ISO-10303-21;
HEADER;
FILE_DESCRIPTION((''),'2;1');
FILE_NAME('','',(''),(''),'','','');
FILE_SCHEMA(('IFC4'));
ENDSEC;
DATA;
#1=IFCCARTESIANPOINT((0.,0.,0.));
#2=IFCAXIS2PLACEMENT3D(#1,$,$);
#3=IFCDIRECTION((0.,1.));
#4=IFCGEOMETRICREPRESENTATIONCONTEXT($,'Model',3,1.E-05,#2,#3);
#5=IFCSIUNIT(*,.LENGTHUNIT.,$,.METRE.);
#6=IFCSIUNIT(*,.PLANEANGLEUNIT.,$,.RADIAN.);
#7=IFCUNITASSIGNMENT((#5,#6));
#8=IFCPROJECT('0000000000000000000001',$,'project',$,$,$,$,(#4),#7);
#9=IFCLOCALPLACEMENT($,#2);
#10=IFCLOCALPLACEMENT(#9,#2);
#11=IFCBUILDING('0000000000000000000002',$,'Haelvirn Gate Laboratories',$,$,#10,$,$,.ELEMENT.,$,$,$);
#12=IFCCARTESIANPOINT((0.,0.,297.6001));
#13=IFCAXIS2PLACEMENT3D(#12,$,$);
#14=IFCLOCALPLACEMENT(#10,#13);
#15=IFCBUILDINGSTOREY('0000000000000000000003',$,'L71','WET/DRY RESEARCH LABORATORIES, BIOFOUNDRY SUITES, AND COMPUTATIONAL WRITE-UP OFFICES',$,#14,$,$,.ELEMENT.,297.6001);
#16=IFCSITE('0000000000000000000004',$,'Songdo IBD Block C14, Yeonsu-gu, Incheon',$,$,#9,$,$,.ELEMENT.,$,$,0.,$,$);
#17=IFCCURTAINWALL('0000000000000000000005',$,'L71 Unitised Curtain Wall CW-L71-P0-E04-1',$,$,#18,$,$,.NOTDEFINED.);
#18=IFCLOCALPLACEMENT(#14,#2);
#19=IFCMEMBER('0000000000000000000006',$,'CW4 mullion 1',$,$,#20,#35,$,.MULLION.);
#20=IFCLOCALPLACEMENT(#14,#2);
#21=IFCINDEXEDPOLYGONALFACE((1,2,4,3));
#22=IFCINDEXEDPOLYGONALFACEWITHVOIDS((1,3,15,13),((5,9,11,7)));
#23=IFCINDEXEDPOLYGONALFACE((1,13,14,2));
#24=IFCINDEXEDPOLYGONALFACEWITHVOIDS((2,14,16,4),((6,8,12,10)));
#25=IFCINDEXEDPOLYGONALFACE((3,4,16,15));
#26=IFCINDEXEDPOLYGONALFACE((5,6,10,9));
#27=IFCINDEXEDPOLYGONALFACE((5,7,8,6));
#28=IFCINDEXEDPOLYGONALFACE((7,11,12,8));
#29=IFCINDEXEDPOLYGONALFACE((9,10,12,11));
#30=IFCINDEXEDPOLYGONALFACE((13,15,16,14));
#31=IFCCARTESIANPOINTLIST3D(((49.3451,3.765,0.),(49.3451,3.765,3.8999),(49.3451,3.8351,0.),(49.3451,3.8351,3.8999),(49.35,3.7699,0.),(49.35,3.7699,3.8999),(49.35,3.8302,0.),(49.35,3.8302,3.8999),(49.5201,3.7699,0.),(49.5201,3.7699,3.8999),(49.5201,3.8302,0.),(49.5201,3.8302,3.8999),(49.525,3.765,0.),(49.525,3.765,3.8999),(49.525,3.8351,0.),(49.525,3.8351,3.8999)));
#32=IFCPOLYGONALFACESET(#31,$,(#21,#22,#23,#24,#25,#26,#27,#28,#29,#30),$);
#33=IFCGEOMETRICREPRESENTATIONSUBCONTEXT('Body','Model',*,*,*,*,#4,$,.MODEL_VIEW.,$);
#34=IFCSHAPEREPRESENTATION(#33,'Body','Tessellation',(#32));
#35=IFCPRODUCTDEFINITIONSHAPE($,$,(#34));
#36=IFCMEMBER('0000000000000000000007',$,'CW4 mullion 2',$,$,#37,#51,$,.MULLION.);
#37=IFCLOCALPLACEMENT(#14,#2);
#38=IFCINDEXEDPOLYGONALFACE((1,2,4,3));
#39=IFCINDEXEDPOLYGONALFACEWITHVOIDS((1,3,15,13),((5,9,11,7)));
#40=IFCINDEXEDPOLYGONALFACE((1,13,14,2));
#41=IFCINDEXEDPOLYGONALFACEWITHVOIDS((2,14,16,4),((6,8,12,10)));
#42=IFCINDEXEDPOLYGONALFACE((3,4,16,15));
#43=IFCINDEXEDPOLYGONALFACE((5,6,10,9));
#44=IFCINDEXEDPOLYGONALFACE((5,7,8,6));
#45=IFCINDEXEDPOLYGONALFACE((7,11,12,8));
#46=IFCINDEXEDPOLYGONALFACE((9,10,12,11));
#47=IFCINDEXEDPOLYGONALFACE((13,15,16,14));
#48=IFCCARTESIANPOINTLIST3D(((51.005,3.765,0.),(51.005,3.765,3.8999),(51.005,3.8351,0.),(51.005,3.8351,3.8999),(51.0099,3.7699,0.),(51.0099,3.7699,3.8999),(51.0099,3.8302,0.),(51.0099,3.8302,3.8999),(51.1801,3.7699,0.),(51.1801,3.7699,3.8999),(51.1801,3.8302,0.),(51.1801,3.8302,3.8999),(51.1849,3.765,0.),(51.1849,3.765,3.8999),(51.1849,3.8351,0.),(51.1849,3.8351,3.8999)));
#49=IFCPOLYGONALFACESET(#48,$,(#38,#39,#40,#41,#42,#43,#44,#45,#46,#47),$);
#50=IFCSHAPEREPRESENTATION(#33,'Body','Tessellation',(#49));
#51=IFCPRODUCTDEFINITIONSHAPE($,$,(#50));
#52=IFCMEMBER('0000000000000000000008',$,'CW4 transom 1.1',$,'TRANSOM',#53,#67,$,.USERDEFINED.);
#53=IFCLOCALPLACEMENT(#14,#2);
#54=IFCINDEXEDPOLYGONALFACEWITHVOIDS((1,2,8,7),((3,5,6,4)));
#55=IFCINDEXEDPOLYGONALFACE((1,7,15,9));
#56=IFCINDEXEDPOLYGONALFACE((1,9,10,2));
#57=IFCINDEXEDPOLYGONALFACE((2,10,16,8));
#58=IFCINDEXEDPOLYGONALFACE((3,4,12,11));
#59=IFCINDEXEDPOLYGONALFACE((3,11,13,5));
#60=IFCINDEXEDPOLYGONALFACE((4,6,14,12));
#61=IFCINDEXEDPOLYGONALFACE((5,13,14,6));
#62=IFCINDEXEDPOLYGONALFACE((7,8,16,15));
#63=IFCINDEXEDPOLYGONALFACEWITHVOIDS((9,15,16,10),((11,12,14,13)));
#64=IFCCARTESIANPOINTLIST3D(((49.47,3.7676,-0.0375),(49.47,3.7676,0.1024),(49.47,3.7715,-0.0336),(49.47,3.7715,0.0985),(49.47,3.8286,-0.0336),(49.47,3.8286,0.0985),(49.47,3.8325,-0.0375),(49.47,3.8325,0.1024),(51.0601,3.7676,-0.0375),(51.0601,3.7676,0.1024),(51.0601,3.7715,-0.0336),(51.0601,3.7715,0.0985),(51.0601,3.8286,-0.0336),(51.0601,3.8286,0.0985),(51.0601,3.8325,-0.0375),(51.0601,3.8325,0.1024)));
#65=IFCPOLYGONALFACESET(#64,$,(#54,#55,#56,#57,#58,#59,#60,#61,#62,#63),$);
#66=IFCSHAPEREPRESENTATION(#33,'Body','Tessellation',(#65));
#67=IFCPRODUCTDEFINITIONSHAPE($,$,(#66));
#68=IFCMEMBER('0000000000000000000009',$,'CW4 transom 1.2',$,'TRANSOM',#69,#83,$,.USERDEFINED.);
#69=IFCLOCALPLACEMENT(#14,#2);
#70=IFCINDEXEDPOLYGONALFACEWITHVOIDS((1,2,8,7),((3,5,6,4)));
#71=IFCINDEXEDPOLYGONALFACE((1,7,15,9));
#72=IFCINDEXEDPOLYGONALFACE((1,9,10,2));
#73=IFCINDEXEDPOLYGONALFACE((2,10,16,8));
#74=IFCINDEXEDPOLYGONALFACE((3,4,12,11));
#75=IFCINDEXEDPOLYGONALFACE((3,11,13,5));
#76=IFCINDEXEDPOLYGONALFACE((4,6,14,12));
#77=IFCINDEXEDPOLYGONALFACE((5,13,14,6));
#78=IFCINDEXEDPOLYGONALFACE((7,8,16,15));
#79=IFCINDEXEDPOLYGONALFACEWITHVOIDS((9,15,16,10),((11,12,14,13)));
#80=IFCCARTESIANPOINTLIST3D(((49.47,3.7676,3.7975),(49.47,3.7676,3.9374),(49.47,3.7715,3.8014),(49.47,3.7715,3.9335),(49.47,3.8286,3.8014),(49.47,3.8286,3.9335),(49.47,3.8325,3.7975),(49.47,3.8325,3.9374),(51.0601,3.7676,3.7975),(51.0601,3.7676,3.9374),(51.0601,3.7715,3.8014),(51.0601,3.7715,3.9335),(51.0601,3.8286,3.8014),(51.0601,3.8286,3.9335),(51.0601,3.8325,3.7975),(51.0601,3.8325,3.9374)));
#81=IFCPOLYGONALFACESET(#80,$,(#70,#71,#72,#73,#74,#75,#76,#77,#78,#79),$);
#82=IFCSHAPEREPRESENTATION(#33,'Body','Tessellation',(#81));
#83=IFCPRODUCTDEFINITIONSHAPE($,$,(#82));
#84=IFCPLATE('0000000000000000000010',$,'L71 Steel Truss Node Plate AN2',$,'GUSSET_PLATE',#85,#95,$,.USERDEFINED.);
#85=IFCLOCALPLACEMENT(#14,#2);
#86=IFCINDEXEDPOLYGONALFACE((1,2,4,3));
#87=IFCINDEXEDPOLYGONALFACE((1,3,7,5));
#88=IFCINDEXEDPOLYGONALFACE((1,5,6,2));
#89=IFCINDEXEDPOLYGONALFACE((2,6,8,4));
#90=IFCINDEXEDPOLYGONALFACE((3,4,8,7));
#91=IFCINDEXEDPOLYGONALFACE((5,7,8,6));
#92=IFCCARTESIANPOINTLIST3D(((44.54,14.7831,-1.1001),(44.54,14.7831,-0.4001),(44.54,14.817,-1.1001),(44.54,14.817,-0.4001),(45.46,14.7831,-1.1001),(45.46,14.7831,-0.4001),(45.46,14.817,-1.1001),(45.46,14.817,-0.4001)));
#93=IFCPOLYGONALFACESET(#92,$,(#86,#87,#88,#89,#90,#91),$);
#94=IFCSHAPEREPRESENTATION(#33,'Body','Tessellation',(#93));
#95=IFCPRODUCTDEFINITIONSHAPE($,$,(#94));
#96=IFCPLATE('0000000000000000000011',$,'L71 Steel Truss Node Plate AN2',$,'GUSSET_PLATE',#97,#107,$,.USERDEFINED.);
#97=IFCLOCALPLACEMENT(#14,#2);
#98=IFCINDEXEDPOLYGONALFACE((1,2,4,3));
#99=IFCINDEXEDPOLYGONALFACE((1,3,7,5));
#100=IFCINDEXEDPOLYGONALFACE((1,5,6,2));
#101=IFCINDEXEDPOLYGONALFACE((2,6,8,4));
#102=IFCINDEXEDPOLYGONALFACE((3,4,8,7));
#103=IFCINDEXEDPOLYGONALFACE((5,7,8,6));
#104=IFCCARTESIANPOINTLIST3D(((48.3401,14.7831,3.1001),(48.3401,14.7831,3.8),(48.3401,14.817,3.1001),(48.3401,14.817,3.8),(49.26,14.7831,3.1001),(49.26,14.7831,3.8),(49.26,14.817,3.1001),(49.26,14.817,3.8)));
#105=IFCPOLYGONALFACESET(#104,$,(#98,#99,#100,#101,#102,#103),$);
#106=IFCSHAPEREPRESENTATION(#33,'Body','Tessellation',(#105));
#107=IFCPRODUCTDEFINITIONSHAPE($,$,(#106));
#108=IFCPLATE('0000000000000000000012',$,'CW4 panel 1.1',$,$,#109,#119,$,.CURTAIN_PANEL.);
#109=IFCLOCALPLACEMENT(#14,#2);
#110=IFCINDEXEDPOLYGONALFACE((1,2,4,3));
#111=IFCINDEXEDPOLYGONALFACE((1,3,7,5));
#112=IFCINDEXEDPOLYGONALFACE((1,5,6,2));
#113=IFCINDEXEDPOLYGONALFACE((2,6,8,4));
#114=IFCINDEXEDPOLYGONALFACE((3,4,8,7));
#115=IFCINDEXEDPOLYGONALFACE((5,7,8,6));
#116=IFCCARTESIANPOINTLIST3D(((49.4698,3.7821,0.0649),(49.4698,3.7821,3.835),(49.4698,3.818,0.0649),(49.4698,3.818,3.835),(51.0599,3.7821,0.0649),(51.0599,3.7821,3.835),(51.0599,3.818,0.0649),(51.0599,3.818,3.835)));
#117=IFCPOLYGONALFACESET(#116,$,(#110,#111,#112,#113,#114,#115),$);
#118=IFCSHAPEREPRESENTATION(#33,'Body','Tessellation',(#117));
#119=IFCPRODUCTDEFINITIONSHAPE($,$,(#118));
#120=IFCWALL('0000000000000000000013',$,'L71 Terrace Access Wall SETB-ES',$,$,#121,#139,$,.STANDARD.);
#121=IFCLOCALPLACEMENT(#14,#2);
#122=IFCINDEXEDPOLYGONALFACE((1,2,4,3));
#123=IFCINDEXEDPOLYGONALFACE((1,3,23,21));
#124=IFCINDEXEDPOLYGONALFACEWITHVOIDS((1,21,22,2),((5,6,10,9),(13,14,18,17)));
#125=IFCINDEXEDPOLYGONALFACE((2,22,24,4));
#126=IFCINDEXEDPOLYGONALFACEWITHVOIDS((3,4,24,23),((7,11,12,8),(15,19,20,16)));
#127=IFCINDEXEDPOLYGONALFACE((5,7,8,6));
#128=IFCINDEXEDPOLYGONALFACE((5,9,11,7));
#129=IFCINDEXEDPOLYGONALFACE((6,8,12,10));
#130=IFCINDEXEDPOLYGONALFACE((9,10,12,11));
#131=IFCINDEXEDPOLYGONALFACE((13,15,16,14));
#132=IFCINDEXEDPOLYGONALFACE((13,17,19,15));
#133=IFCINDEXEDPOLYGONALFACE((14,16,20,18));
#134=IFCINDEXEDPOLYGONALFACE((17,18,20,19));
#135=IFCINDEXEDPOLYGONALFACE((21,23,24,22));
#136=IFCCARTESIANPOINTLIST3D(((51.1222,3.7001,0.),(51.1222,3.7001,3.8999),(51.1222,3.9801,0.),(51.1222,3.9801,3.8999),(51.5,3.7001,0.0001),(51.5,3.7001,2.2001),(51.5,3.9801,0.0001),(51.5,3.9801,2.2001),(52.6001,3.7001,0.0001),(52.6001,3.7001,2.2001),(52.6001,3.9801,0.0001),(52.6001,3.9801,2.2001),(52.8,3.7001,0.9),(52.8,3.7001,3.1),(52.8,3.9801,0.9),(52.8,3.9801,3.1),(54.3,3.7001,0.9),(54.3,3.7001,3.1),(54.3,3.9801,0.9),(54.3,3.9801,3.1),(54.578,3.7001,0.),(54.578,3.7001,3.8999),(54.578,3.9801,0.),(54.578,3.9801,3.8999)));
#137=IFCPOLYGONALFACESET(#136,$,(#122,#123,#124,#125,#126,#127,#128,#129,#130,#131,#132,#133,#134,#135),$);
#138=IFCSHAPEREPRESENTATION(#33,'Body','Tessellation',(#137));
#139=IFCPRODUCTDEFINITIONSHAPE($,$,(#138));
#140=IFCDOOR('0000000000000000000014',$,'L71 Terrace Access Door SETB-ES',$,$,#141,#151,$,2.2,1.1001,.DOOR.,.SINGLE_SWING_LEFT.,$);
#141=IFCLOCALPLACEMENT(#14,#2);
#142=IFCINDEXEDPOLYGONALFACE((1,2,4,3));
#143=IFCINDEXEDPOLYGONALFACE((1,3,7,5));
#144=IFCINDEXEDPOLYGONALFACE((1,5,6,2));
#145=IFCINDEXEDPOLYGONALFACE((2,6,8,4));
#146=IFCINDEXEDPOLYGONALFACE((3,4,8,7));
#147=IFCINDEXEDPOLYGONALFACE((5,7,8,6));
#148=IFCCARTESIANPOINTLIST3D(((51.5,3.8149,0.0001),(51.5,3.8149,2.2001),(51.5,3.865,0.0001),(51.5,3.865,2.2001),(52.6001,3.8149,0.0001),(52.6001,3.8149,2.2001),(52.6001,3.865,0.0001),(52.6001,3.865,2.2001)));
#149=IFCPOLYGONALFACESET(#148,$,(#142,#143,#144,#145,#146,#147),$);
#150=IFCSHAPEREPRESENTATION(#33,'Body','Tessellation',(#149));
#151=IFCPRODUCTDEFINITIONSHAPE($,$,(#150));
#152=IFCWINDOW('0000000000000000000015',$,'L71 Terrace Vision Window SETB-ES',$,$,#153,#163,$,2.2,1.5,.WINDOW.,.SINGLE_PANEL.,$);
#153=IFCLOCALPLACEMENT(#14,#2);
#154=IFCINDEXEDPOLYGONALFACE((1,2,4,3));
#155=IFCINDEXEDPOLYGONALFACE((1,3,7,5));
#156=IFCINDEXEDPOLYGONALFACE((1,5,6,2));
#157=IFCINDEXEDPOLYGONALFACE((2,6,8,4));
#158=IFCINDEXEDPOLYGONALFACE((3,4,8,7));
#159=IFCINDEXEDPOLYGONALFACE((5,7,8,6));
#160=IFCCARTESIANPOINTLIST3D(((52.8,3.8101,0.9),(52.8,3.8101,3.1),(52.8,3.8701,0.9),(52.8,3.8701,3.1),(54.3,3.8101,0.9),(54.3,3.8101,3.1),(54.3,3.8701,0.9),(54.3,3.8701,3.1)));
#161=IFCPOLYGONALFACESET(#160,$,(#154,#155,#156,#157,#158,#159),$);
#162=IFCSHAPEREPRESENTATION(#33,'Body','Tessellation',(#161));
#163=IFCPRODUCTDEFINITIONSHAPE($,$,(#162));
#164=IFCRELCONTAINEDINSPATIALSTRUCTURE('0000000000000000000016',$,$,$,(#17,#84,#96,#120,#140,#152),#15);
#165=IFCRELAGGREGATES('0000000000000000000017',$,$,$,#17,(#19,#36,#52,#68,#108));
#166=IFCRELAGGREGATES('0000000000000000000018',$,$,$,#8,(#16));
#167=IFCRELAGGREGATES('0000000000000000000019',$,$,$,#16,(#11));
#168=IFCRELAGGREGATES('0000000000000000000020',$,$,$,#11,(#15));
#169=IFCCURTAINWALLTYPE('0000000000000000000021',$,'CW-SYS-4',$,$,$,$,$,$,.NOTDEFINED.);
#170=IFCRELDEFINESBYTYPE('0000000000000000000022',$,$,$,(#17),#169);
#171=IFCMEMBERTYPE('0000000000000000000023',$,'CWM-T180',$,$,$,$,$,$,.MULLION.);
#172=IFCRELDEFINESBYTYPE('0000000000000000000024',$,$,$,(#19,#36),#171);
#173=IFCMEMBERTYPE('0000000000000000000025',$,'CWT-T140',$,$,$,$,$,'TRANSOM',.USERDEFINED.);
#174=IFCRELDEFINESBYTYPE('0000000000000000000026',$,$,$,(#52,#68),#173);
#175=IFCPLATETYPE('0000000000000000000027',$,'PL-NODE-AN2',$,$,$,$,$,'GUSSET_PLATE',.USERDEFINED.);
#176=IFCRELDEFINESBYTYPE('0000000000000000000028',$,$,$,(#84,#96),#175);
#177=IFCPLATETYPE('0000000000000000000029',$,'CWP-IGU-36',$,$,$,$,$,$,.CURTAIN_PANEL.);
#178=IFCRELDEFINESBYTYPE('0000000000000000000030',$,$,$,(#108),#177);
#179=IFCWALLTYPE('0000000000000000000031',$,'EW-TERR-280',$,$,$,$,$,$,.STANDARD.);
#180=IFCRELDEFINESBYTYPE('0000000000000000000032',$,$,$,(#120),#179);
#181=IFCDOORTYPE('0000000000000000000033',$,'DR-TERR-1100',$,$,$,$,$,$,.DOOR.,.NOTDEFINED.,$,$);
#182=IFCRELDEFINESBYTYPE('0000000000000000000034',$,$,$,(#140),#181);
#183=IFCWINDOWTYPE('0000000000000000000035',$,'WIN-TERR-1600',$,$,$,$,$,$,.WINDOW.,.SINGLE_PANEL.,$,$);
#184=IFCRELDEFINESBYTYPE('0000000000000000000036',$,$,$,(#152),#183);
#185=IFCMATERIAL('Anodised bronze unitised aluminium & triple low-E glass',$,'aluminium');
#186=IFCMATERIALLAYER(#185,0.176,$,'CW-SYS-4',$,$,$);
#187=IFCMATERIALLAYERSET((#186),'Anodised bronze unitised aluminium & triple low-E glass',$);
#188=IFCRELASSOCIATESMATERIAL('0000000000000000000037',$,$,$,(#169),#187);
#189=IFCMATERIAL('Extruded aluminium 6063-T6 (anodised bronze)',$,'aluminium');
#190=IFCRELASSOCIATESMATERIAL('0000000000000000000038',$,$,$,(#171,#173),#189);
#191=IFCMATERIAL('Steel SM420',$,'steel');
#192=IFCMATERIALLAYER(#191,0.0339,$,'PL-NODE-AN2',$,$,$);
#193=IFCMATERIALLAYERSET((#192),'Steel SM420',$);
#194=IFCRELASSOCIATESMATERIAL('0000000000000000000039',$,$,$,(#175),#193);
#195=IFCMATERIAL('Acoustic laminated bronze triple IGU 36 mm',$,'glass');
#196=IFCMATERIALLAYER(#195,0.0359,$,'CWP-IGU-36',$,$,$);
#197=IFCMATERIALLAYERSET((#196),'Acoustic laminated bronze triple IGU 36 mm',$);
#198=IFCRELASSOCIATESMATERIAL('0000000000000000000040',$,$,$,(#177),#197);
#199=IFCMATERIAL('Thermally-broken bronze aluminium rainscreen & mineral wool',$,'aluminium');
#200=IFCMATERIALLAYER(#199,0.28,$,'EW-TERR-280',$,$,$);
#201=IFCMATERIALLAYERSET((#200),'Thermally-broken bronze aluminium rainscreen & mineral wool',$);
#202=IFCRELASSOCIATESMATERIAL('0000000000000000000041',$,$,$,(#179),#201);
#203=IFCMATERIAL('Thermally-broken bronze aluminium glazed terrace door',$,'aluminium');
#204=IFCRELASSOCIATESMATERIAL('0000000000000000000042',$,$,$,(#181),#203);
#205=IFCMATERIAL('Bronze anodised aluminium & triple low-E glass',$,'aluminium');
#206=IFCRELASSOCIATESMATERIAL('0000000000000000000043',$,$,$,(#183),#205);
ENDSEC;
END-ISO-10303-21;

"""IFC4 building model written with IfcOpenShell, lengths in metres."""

from ifc_helpers import new_model, si_unit, direction, frame, frame_2d, origin, origin_2d, place, context, subcontext, project, spatial, rectangle, hollow_rectangle, extrude, source, transform, mapped, material, layer, layer_set, material_profile, profile_set, type_object, type_shapes, element, fill, aggregate, save


model = new_model("IFC4")

# Units and contexts
model_context = context("Model", 3, precision=1e-05, world=origin(), true_north=direction((0.0, 1.0)))
body_context = subcontext(model_context, "Body", "Model", "MODEL_VIEW")
ifc_project = project(units=[si_unit("LENGTHUNIT", "METRE"), si_unit("PLANEANGLEUNIT", "RADIAN")], contexts=[model_context])

# Site, building, storey
site_placement = place(None, origin())
site = spatial("IfcSite", under=ifc_project, at=site_placement, Name="Songdo IBD Block C14, Yeonsu-gu, Incheon", CompositionType="ELEMENT", RefElevation=0.0)
building_placement = place(site_placement, origin())
building = spatial("IfcBuilding", under=site, at=building_placement, Name="Haelvirn Gate Laboratories", CompositionType="ELEMENT")
storey_placement = place(building_placement, frame((0.0, 0.0, 297.6001)))
storey = spatial("IfcBuildingStorey", under=building, at=storey_placement, Name="L71", Description="WET/DRY RESEARCH LABORATORIES, BIOFOUNDRY SUITES, AND COMPUTATIONAL WRITE-UP OFFICES", CompositionType="ELEMENT", Elevation=297.6001)

# Shared definitions
ifc_material_1 = material(Name="Steel SM420", Category="steel")

# Shared definitions
ifc_material_2 = material(Name="Anodised bronze unitised aluminium & triple low-E glass", Category="aluminium")
ifc_layer_1 = layer(ifc_material_2, 0.176, Name="CW-SYS-4")
ifc_layer_set_1 = layer_set([ifc_layer_1], Name="Anodised bronze unitised aluminium & triple low-E glass")
curtain_wall_type = type_object("IfcCurtainWallType", Name="CW-SYS-4", PredefinedType="NOTDEFINED", material=ifc_layer_set_1)
ifc_material_3 = material(Name="Extruded aluminium 6063-T6 (anodised bronze)", Category="aluminium")
ifc_material_profile_1 = material_profile(ifc_material_3, hollow_rectangle(XDim=0.0701, YDim=0.1799, WallThickness=0.0049, at=origin_2d()), Name="CWM-180x70x5")
ifc_profile_set_1 = profile_set([ifc_material_profile_1], Name="Extruded aluminium 6063-T6 (anodised bronze)")
member_type_1 = type_object("IfcMemberType", Name="CWM-T180", PredefinedType="MULLION", material=ifc_profile_set_1)
shared_shape_1 = source(origin(), body_context, "Body", "SweptSolid", [
    extrude(hollow_rectangle(XDim=0.0701, YDim=0.1799, WallThickness=0.0049, at=origin_2d()), origin(), (0.0, 0.0, 1.0), 3.8999),
])
type_shapes(member_type_1, [shared_shape_1])

# Curtain wall, members
curtain_wall_1_placement = place(storey_placement, origin())
curtain_wall_1 = element("IfcCurtainWall", 1, at=curtain_wall_1_placement, inside=storey, type_object=curtain_wall_type, Name="L71 Unitised Curtain Wall CW-L71-P0-E04-1", PredefinedType="NOTDEFINED")
member_1_placement = place(storey_placement, frame((49.4351, 3.8, 0.0), z_axis=(0.0, 0.0, 1.0), x_axis=(0.0, 1.0, 0.0)))
member_1 = element("IfcMember", 2, at=member_1_placement, type_object=member_type_1, Name="CW4 mullion 1", PredefinedType="MULLION", context=body_context, shape_type="MappedRepresentation", body=[
    mapped(shared_shape_1, transform((0.0, 0.0, 0.0), scale=1.0)),
])
member_2_placement = place(storey_placement, frame((51.095, 3.8, 0.0), z_axis=(0.0, 0.0, 1.0), x_axis=(0.0, 1.0, 0.0)))
member_2 = element("IfcMember", 3, at=member_2_placement, type_object=member_type_1, Name="CW4 mullion 2", PredefinedType="MULLION", context=body_context, shape_type="MappedRepresentation", body=[
    mapped(shared_shape_1, transform((0.0, 0.0, 0.0), scale=1.0)),
])
ifc_material_profile_2 = material_profile(ifc_material_3, hollow_rectangle(XDim=0.0649, YDim=0.1399, WallThickness=0.0039, at=origin_2d()), Name="CWT-140x65x4")
ifc_profile_set_2 = profile_set([ifc_material_profile_2], Name="Extruded aluminium 6063-T6 (anodised bronze)")
member_type_2 = type_object("IfcMemberType", Name="CWT-T140", ElementType="TRANSOM", PredefinedType="USERDEFINED", material=ifc_profile_set_2)
shared_shape_2 = source(origin(), body_context, "Body", "SweptSolid", [
    extrude(hollow_rectangle(XDim=0.0649, YDim=0.1399, WallThickness=0.0039, at=origin_2d()), origin(), (0.0, 0.0, 1.0), 1.5901),
])
type_shapes(member_type_2, [shared_shape_2])
member_3_placement = place(storey_placement, frame((49.47, 3.8, 0.0325), z_axis=(1.0, 0.0, 0.0), x_axis=(0.0, 1.0, 0.0)))
member_3 = element("IfcMember", 4, at=member_3_placement, type_object=member_type_2, Name="CW4 transom 1.1", ObjectType="TRANSOM", PredefinedType="USERDEFINED", context=body_context, shape_type="MappedRepresentation", body=[
    mapped(shared_shape_2, transform((0.0, 0.0, 0.0), scale=1.0)),
])
member_4_placement = place(storey_placement, frame((49.47, 3.8, 3.8674), z_axis=(1.0, 0.0, 0.0), x_axis=(0.0, 1.0, 0.0)))
member_4 = element("IfcMember", 5, at=member_4_placement, type_object=member_type_2, Name="CW4 transom 1.2", ObjectType="TRANSOM", PredefinedType="USERDEFINED", context=body_context, shape_type="MappedRepresentation", body=[
    mapped(shared_shape_2, transform((0.0, 0.0, 0.0), scale=1.0)),
])

# Plates
ifc_layer_2 = layer(ifc_material_1, 0.0339, Name="PL-NODE-AN2")
ifc_layer_set_2 = layer_set([ifc_layer_2], Name="Steel SM420")
plate_type_1 = type_object("IfcPlateType", Name="PL-NODE-AN2", ElementType="GUSSET_PLATE", PredefinedType="USERDEFINED", material=ifc_layer_set_2)
shared_shape_3 = source(origin(), body_context, "Body", "SweptSolid", [
    extrude(rectangle(XDim=0.9199, YDim=0.0339, at=origin_2d()), origin(), (0.0, 0.0, 1.0), 0.7),
])
type_shapes(plate_type_1, [shared_shape_3])
for number, where, z_axis, x_axis, name in (
    (6, (45.0, 14.8, -1.1001), (0.0, 0.0, 1.0), (1.0, 0.0, 0.0), "L71 Steel Truss Node Plate AN2"),
    (7, (48.8, 14.8, 3.1001), (0.0, 0.0, 1.0), (1.0, 0.0, 0.0), "L71 Steel Truss Node Plate AN2"),
):
    element("IfcPlate", number, at=place(storey_placement, frame(where, z_axis=z_axis, x_axis=x_axis)), inside=storey, type_object=plate_type_1, Name=name, ObjectType="GUSSET_PLATE", PredefinedType="USERDEFINED", context=body_context, shape_type="MappedRepresentation", body=[
        mapped(shared_shape_3, transform((0.0, 0.0, 0.0), scale=1.0)),
    ])

# Plate
ifc_material_4 = material(Name="Acoustic laminated bronze triple IGU 36 mm", Category="glass")
ifc_layer_3 = layer(ifc_material_4, 0.0359, Name="CWP-IGU-36")
ifc_layer_set_3 = layer_set([ifc_layer_3], Name="Acoustic laminated bronze triple IGU 36 mm")
plate_type_2 = type_object("IfcPlateType", Name="CWP-IGU-36", PredefinedType="CURTAIN_PANEL", material=ifc_layer_set_3)
shared_shape_4 = source(origin(), body_context, "Body", "SweptSolid", [
    extrude(rectangle(XDim=1.5901, YDim=0.0359, at=origin_2d()), origin(), (0.0, 0.0, 1.0), 3.77),
])
type_shapes(plate_type_2, [shared_shape_4])
plate_placement = place(storey_placement, frame((50.2649, 3.8, 0.0649), z_axis=(0.0, 0.0, 1.0), x_axis=(1.0, 0.0, 0.0)))
plate = element("IfcPlate", 8, at=plate_placement, type_object=plate_type_2, Name="CW4 panel 1.1", PredefinedType="CURTAIN_PANEL", context=body_context, shape_type="MappedRepresentation", body=[
    mapped(shared_shape_4, transform((0.0, 0.0, 0.0), scale=1.0)),
])
aggregate(curtain_wall_1, [member_1, member_2, member_3, member_4, plate])

# Wall, openings, door, window
ifc_material_5 = material(Name="Thermally-broken bronze aluminium rainscreen & mineral wool", Category="aluminium")
ifc_layer_4 = layer(ifc_material_5, 0.28, Name="EW-TERR-280")
ifc_layer_set_4 = layer_set([ifc_layer_4], Name="Thermally-broken bronze aluminium rainscreen & mineral wool")
wall_type_1 = type_object("IfcWallType", Name="EW-TERR-280", PredefinedType="STANDARD", material=ifc_layer_set_4)
wall_1_placement = place(storey_placement, frame((51.1221, 3.8401, 0.0), z_axis=(0.0, 0.0, 1.0), x_axis=(1.0, 0.0, 0.0)))
wall_1 = element("IfcWall", 9, at=wall_1_placement, inside=storey, type_object=wall_type_1, Name="L71 Terrace Access Wall SETB-ES", PredefinedType="STANDARD", context=body_context, shape_type="SweptSolid", body=[
    extrude(rectangle(XDim=3.4558, YDim=0.28, at=frame_2d((1.728, 0.0))), origin(), (0.0, 0.0, 1.0), 3.8999),
])
opening_1_placement = place(wall_1_placement, frame((0.3779, 0.0, 0.0)))
opening_1 = element("IfcOpeningElement", 10, at=opening_1_placement, cuts=wall_1, PredefinedType="OPENING", context=body_context, shape_type="SweptSolid", body=[
    extrude(rectangle(XDim=1.1001, YDim=2.2, at=frame_2d((0.55, 1.1001))), frame((0.0, 0.1499, 0.0), z_axis=(0.0, -1.0, 0.0), x_axis=(1.0, 0.0, 0.0)), (0.0, 0.0, 1.0), 0.3),
])
opening_2_placement = place(wall_1_placement, frame((1.678, 0.0, 0.8999)))
opening_2 = element("IfcOpeningElement", 11, at=opening_2_placement, cuts=wall_1, PredefinedType="OPENING", context=body_context, shape_type="SweptSolid", body=[
    extrude(rectangle(XDim=1.5, YDim=2.2, at=frame_2d((0.75, 1.1001))), frame((0.0, 0.1499, 0.0), z_axis=(0.0, -1.0, 0.0), x_axis=(1.0, 0.0, 0.0)), (0.0, 0.0, 1.0), 0.3),
])
ifc_material_6 = material(Name="Thermally-broken bronze aluminium glazed terrace door", Category="aluminium")
door_type_1 = type_object("IfcDoorType", Name="DR-TERR-1100", OperationType="NOTDEFINED", PredefinedType="DOOR", material=ifc_material_6)
shared_shape_5 = source(origin(), body_context, "Body", "SweptSolid", [
    extrude(rectangle(XDim=1.1001, YDim=2.2, at=frame_2d((0.55, 1.1001))), frame((0.0, 0.0249, 0.0), z_axis=(0.0, -1.0, 0.0), x_axis=(1.0, 0.0, 0.0)), (0.0, 0.0, 1.0), 0.05),
])
type_shapes(door_type_1, [shared_shape_5])
door_1_placement = place(opening_1_placement, origin())
door_1 = element("IfcDoor", 12, at=door_1_placement, inside=storey, type_object=door_type_1, Name="L71 Terrace Access Door SETB-ES", OperationType="SINGLE_SWING_LEFT", OverallHeight=2.2, OverallWidth=1.1001, PredefinedType="DOOR", context=body_context, shape_type="MappedRepresentation", body=[
    mapped(shared_shape_5, transform((0.0, 0.0, 0.0), scale=1.0)),
])
fill(opening_1, door_1)
ifc_material_7 = material(Name="Bronze anodised aluminium & triple low-E glass", Category="aluminium")
window_type_1 = type_object("IfcWindowType", Name="WIN-TERR-1600", PartitioningType="SINGLE_PANEL", PredefinedType="WINDOW", material=ifc_material_7)
shared_shape_6 = source(origin(), body_context, "Body", "SweptSolid", [
    extrude(rectangle(XDim=1.5, YDim=2.2, at=frame_2d((0.75, 1.1001))), frame((0.0, 0.03, 0.0), z_axis=(0.0, -1.0, 0.0), x_axis=(1.0, 0.0, 0.0)), (0.0, 0.0, 1.0), 0.0601),
])
type_shapes(window_type_1, [shared_shape_6])
window_1_placement = place(opening_2_placement, origin())
window_1 = element("IfcWindow", 13, at=window_1_placement, inside=storey, type_object=window_type_1, Name="L71 Terrace Vision Window SETB-ES", OverallHeight=2.2, OverallWidth=1.5, PartitioningType="SINGLE_PANEL", PredefinedType="WINDOW", context=body_context, shape_type="MappedRepresentation", body=[
    mapped(shared_shape_6, transform((0.0, 0.0, 0.0), scale=1.0)),
])
fill(opening_2, window_1)

save(model, "model.ifc")
